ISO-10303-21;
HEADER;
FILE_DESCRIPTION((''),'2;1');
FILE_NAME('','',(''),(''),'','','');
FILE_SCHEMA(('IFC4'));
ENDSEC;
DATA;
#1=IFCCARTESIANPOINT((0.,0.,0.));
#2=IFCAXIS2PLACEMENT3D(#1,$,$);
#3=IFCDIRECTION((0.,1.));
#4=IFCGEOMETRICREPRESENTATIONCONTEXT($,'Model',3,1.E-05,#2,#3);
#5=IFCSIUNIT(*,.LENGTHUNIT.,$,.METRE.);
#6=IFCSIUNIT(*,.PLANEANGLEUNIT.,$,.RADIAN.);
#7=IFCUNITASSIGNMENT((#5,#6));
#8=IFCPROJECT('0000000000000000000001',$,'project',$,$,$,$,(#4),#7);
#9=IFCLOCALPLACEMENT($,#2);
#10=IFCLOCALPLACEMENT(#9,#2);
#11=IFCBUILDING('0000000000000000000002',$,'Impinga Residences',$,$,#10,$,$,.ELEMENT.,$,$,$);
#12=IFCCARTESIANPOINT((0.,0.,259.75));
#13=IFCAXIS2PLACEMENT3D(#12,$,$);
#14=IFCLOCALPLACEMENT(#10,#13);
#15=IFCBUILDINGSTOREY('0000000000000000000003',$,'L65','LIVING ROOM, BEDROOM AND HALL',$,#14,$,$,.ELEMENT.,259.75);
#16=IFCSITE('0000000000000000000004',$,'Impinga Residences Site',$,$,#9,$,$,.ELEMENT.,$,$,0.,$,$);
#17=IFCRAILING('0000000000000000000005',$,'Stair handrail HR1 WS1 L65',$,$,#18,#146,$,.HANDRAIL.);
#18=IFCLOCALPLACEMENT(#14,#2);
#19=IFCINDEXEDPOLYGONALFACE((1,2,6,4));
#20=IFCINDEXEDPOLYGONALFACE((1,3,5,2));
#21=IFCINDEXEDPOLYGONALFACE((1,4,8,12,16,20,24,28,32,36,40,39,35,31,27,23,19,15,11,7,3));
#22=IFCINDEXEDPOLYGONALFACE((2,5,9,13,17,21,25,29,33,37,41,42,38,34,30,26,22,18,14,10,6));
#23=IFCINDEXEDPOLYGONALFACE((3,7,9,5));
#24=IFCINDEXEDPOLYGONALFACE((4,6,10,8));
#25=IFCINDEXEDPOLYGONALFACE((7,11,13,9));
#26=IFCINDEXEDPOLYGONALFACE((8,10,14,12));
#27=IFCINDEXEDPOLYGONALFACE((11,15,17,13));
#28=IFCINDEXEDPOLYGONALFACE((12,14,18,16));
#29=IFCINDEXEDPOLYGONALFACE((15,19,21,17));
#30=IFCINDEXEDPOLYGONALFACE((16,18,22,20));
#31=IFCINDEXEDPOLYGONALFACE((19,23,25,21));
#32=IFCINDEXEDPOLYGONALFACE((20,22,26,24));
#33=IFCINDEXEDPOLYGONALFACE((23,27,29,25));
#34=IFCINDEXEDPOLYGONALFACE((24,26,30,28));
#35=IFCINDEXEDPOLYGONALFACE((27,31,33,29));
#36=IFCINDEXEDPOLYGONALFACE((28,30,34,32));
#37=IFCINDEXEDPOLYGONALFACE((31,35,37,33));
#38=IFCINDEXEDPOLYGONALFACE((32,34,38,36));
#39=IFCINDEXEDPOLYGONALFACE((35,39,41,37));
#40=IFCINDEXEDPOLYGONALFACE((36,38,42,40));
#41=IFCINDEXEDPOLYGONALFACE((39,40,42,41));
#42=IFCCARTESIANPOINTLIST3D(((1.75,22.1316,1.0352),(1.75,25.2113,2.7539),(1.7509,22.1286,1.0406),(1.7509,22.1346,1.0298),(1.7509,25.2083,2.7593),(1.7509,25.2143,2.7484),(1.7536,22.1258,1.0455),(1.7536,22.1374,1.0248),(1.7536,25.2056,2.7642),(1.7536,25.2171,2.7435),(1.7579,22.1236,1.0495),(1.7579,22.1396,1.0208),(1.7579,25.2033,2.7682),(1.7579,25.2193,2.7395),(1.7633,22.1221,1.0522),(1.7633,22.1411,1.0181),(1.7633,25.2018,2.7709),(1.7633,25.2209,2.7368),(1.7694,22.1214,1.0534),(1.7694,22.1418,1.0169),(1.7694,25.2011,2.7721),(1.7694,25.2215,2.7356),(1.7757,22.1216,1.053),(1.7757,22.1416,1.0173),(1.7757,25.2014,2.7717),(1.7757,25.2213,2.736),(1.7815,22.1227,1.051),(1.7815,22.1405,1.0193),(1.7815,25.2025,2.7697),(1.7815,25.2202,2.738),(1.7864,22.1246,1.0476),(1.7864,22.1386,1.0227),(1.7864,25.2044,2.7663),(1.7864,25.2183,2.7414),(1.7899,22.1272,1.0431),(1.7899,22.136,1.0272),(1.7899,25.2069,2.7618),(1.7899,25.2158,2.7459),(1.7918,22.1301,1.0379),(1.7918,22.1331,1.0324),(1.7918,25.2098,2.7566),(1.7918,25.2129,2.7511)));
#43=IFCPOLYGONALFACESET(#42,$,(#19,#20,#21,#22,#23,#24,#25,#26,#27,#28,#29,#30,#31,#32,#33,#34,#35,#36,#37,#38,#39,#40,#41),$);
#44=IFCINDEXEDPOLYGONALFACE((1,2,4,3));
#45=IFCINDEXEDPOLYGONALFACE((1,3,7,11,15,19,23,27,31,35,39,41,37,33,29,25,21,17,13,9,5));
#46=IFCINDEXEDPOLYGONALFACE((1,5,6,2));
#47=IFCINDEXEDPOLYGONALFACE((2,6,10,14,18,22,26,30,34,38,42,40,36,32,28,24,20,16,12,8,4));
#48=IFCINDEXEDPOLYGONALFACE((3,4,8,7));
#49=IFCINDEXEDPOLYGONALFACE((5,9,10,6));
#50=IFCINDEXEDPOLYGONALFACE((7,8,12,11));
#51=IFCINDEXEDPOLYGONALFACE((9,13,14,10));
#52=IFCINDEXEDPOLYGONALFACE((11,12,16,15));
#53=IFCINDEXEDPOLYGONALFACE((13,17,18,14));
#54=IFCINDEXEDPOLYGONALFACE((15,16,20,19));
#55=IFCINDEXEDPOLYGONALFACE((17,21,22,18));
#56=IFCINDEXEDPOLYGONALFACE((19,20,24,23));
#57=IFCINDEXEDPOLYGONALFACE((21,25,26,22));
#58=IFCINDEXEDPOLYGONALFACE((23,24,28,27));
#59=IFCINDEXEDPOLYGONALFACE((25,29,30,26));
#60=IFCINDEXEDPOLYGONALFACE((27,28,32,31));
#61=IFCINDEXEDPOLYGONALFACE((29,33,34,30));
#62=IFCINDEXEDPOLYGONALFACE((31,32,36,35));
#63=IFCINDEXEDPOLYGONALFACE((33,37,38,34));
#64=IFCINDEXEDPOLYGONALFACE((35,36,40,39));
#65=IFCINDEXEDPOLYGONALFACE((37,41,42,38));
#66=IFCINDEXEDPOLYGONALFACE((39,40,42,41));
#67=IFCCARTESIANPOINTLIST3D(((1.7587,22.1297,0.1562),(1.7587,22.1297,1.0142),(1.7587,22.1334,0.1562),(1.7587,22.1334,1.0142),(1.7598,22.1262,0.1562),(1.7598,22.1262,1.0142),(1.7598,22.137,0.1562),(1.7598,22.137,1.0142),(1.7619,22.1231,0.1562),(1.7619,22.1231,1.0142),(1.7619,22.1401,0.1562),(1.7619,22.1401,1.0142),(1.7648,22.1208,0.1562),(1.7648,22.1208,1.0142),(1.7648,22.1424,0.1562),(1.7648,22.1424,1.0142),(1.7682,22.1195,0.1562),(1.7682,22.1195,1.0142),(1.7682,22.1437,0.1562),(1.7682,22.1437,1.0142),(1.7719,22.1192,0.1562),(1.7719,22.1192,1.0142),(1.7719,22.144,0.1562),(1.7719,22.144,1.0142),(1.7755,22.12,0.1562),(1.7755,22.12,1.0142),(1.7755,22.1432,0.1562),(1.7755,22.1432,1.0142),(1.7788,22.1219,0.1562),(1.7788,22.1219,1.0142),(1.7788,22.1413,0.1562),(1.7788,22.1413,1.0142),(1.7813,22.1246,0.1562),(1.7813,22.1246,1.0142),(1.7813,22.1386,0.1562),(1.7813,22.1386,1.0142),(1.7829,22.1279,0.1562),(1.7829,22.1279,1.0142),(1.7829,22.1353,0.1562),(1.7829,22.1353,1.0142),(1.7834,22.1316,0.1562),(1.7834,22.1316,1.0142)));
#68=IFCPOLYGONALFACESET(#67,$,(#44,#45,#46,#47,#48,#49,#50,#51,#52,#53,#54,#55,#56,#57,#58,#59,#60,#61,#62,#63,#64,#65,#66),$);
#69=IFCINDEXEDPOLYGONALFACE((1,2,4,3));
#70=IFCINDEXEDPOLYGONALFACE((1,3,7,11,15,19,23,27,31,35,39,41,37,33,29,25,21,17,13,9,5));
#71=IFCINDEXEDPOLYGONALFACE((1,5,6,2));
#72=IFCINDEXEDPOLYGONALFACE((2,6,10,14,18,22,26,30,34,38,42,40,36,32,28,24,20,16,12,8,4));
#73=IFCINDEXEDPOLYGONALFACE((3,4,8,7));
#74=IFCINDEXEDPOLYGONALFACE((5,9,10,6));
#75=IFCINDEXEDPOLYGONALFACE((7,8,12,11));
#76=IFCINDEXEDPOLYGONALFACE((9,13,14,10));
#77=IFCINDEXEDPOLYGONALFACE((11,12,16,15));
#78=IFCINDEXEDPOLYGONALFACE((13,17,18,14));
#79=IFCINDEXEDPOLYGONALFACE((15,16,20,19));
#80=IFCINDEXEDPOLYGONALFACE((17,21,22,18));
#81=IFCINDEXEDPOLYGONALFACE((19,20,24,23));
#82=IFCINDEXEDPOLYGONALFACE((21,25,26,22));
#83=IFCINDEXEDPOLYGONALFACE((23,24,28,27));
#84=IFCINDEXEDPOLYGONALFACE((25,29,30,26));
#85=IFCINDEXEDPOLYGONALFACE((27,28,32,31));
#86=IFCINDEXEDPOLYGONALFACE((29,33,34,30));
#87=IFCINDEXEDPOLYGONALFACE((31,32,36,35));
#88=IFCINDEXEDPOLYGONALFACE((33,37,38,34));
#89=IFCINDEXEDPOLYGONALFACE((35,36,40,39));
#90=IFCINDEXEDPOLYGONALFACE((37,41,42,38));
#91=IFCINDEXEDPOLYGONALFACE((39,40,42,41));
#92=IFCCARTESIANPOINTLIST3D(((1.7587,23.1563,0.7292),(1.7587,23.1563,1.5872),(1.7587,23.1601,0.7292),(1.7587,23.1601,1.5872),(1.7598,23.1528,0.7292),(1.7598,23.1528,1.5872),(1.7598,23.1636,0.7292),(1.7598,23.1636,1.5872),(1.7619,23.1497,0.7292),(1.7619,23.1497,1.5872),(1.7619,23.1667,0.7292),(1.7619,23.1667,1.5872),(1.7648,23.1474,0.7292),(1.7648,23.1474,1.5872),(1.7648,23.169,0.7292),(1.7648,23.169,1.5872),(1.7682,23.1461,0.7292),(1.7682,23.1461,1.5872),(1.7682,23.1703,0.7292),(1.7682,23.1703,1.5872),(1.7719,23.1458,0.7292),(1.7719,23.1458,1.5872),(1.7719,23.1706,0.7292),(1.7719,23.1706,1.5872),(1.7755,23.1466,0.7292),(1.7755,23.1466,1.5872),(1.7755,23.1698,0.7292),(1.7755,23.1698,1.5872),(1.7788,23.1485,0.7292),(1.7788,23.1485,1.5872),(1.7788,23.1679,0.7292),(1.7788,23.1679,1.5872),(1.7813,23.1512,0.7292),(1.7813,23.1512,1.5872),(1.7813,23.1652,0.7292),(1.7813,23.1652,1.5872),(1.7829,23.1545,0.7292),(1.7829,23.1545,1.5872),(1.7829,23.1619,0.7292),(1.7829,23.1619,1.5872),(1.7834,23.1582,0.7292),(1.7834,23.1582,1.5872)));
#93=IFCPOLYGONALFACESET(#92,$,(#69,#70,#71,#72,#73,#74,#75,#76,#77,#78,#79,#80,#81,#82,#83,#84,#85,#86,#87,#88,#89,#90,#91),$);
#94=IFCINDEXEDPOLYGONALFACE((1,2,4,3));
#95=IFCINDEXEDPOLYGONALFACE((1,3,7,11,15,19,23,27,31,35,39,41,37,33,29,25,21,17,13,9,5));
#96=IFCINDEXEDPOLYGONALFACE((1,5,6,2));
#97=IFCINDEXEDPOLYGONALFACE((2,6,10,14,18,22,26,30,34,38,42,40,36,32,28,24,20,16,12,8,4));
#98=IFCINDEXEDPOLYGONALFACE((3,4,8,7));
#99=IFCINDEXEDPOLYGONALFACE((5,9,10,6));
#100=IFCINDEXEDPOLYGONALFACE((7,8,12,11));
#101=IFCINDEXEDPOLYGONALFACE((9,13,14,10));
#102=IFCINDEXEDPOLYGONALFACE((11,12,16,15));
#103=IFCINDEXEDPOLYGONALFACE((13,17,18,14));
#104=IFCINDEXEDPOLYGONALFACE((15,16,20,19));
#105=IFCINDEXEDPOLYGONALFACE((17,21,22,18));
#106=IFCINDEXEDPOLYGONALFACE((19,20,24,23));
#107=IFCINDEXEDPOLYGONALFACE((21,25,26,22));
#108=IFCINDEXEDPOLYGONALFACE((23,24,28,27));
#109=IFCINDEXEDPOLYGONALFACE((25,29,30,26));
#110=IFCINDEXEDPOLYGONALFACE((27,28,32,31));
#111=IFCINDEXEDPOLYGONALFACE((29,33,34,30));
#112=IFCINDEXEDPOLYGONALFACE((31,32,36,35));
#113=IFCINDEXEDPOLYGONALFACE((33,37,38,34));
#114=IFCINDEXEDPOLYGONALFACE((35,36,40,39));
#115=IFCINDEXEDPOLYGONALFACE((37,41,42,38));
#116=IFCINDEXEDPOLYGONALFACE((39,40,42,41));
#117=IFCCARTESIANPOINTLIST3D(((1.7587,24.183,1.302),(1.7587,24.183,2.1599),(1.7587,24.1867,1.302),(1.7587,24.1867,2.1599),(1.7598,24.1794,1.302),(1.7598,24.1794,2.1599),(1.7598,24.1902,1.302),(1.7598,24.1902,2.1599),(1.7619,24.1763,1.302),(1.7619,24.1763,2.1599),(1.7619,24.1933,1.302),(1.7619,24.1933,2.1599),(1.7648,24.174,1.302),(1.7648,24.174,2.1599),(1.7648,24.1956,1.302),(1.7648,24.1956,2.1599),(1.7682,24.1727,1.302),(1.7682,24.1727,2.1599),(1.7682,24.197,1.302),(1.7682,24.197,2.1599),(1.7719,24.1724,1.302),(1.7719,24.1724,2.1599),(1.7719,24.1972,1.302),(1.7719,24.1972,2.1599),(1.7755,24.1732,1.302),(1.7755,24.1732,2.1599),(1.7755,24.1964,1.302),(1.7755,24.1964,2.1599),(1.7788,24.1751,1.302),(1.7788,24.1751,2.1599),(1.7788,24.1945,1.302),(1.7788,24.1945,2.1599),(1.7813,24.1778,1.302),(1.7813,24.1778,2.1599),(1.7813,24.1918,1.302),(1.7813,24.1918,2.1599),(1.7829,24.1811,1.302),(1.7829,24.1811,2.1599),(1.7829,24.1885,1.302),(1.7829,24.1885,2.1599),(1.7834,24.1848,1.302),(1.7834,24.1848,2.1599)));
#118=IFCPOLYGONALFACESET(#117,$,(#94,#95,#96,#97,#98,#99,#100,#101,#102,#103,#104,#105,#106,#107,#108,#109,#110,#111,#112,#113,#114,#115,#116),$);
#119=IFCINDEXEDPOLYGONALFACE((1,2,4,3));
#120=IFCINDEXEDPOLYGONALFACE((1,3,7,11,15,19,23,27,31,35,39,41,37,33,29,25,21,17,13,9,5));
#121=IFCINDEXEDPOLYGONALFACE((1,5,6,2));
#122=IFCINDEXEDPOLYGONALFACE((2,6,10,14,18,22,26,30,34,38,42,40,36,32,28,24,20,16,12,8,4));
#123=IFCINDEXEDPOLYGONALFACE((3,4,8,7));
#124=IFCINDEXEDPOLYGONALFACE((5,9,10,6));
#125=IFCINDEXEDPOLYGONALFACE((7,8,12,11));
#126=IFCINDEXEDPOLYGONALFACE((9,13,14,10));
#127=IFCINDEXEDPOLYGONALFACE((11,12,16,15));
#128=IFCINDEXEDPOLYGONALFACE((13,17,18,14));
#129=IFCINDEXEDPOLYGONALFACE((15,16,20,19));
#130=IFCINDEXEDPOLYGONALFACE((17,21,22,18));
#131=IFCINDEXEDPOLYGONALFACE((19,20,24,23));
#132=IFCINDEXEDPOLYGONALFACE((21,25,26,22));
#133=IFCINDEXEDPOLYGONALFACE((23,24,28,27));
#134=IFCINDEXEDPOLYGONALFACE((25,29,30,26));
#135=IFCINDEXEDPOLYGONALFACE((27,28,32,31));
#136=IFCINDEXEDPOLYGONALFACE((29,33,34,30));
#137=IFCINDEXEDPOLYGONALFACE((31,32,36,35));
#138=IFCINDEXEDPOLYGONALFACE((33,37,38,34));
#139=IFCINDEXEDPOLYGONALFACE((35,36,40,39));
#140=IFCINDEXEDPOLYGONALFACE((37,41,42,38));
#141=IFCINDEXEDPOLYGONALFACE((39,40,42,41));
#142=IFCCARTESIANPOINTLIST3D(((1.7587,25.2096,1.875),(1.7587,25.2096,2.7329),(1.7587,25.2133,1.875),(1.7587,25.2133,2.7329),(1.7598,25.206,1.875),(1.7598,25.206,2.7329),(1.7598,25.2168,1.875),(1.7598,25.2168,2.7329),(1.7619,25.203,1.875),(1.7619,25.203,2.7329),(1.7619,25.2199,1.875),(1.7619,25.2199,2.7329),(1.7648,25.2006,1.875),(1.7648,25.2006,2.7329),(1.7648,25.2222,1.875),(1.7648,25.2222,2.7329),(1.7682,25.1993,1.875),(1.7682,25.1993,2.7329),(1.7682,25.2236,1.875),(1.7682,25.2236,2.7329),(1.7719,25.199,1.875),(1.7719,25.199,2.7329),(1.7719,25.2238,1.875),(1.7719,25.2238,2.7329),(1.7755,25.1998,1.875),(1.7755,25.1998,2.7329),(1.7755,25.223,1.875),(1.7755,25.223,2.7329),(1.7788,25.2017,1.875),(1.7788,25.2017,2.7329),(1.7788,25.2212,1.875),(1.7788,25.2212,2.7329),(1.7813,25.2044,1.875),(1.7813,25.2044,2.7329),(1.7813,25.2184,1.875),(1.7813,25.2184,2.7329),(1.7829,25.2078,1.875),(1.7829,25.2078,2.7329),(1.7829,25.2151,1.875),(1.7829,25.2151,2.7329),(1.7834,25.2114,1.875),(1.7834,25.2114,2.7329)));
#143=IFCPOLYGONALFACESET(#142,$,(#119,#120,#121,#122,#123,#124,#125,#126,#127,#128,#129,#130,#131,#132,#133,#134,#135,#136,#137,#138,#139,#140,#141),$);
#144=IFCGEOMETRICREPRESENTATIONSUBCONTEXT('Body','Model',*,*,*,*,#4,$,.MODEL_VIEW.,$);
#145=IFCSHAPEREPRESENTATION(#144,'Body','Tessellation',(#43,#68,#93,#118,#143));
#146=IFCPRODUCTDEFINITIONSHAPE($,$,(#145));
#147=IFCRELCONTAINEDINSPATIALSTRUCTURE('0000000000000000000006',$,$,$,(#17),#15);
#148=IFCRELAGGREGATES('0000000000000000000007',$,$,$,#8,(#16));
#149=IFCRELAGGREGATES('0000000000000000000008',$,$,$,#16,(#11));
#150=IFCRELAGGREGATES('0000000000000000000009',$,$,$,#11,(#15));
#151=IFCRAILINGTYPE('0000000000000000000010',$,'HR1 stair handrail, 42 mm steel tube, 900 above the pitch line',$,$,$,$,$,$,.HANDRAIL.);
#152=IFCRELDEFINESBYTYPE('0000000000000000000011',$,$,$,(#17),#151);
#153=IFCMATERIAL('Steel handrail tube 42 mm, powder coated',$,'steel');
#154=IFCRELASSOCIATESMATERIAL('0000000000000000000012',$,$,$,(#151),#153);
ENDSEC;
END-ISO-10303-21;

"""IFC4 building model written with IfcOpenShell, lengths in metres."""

from ifc_helpers import new_model, si_unit, direction, frame, origin, origin_2d, place, context, subcontext, project, spatial, circle, extrude, material, type_object, element, save


model = new_model("IFC4")

# Units and contexts
model_context = context("Model", 3, precision=1e-05, world=origin(), true_north=direction((0.0, 1.0)))
body_context = subcontext(model_context, "Body", "Model", "MODEL_VIEW")
ifc_project = project(units=[si_unit("LENGTHUNIT", "METRE"), si_unit("PLANEANGLEUNIT", "RADIAN")], contexts=[model_context])

# Site, building, storey
site_placement = place(None, origin())
site = spatial("IfcSite", under=ifc_project, at=site_placement, Name="Impinga Residences Site", CompositionType="ELEMENT", RefElevation=0.0)
building_placement = place(site_placement, origin())
building = spatial("IfcBuilding", under=site, at=building_placement, Name="Impinga Residences", CompositionType="ELEMENT")
storey_placement = place(building_placement, frame((0.0, 0.0, 259.75)))
storey = spatial("IfcBuildingStorey", under=building, at=storey_placement, Name="L65", Description="LIVING ROOM, BEDROOM AND HALL", CompositionType="ELEMENT", Elevation=259.75)

# Railing
ifc_material_1 = material(Name="Steel handrail tube 42 mm, powder coated", Category="steel")
railing_type_1 = type_object("IfcRailingType", Name="HR1 stair handrail, 42 mm steel tube, 900 above the pitch line", PredefinedType="HANDRAIL", material=ifc_material_1)
railing_1_placement = place(storey_placement, frame((1.771, 22.1316, 0.1562)))
element("IfcRailing", 1, at=railing_1_placement, inside=storey, type_object=railing_type_1, Name="Stair handrail HR1 WS1 L65", PredefinedType="HANDRAIL", context=body_context, shape_type="SweptSolid", body=[
    extrude(circle(Radius=0.021, at=origin_2d()), frame((0.0, 0.0, 0.8789), z_axis=(0.0, 0.873225, 0.487317), x_axis=(-1.0, 0.0, 0.0)), (0.0, 0.0, 1.0), 3.5269),
    extrude(circle(Radius=0.0125, at=origin_2d()), origin(), (0.0, 0.0, 1.0), 0.8579),
    extrude(circle(Radius=0.0125, at=origin_2d()), frame((0.0, 1.0266, 0.573)), (0.0, 0.0, 1.0), 0.8579),
    extrude(circle(Radius=0.0125, at=origin_2d()), frame((0.0, 2.0532, 1.1458)), (0.0, 0.0, 1.0), 0.8579),
    extrude(circle(Radius=0.0125, at=origin_2d()), frame((0.0, 3.0798, 1.7188)), (0.0, 0.0, 1.0), 0.8579),
])

save(model, "model.ifc")
